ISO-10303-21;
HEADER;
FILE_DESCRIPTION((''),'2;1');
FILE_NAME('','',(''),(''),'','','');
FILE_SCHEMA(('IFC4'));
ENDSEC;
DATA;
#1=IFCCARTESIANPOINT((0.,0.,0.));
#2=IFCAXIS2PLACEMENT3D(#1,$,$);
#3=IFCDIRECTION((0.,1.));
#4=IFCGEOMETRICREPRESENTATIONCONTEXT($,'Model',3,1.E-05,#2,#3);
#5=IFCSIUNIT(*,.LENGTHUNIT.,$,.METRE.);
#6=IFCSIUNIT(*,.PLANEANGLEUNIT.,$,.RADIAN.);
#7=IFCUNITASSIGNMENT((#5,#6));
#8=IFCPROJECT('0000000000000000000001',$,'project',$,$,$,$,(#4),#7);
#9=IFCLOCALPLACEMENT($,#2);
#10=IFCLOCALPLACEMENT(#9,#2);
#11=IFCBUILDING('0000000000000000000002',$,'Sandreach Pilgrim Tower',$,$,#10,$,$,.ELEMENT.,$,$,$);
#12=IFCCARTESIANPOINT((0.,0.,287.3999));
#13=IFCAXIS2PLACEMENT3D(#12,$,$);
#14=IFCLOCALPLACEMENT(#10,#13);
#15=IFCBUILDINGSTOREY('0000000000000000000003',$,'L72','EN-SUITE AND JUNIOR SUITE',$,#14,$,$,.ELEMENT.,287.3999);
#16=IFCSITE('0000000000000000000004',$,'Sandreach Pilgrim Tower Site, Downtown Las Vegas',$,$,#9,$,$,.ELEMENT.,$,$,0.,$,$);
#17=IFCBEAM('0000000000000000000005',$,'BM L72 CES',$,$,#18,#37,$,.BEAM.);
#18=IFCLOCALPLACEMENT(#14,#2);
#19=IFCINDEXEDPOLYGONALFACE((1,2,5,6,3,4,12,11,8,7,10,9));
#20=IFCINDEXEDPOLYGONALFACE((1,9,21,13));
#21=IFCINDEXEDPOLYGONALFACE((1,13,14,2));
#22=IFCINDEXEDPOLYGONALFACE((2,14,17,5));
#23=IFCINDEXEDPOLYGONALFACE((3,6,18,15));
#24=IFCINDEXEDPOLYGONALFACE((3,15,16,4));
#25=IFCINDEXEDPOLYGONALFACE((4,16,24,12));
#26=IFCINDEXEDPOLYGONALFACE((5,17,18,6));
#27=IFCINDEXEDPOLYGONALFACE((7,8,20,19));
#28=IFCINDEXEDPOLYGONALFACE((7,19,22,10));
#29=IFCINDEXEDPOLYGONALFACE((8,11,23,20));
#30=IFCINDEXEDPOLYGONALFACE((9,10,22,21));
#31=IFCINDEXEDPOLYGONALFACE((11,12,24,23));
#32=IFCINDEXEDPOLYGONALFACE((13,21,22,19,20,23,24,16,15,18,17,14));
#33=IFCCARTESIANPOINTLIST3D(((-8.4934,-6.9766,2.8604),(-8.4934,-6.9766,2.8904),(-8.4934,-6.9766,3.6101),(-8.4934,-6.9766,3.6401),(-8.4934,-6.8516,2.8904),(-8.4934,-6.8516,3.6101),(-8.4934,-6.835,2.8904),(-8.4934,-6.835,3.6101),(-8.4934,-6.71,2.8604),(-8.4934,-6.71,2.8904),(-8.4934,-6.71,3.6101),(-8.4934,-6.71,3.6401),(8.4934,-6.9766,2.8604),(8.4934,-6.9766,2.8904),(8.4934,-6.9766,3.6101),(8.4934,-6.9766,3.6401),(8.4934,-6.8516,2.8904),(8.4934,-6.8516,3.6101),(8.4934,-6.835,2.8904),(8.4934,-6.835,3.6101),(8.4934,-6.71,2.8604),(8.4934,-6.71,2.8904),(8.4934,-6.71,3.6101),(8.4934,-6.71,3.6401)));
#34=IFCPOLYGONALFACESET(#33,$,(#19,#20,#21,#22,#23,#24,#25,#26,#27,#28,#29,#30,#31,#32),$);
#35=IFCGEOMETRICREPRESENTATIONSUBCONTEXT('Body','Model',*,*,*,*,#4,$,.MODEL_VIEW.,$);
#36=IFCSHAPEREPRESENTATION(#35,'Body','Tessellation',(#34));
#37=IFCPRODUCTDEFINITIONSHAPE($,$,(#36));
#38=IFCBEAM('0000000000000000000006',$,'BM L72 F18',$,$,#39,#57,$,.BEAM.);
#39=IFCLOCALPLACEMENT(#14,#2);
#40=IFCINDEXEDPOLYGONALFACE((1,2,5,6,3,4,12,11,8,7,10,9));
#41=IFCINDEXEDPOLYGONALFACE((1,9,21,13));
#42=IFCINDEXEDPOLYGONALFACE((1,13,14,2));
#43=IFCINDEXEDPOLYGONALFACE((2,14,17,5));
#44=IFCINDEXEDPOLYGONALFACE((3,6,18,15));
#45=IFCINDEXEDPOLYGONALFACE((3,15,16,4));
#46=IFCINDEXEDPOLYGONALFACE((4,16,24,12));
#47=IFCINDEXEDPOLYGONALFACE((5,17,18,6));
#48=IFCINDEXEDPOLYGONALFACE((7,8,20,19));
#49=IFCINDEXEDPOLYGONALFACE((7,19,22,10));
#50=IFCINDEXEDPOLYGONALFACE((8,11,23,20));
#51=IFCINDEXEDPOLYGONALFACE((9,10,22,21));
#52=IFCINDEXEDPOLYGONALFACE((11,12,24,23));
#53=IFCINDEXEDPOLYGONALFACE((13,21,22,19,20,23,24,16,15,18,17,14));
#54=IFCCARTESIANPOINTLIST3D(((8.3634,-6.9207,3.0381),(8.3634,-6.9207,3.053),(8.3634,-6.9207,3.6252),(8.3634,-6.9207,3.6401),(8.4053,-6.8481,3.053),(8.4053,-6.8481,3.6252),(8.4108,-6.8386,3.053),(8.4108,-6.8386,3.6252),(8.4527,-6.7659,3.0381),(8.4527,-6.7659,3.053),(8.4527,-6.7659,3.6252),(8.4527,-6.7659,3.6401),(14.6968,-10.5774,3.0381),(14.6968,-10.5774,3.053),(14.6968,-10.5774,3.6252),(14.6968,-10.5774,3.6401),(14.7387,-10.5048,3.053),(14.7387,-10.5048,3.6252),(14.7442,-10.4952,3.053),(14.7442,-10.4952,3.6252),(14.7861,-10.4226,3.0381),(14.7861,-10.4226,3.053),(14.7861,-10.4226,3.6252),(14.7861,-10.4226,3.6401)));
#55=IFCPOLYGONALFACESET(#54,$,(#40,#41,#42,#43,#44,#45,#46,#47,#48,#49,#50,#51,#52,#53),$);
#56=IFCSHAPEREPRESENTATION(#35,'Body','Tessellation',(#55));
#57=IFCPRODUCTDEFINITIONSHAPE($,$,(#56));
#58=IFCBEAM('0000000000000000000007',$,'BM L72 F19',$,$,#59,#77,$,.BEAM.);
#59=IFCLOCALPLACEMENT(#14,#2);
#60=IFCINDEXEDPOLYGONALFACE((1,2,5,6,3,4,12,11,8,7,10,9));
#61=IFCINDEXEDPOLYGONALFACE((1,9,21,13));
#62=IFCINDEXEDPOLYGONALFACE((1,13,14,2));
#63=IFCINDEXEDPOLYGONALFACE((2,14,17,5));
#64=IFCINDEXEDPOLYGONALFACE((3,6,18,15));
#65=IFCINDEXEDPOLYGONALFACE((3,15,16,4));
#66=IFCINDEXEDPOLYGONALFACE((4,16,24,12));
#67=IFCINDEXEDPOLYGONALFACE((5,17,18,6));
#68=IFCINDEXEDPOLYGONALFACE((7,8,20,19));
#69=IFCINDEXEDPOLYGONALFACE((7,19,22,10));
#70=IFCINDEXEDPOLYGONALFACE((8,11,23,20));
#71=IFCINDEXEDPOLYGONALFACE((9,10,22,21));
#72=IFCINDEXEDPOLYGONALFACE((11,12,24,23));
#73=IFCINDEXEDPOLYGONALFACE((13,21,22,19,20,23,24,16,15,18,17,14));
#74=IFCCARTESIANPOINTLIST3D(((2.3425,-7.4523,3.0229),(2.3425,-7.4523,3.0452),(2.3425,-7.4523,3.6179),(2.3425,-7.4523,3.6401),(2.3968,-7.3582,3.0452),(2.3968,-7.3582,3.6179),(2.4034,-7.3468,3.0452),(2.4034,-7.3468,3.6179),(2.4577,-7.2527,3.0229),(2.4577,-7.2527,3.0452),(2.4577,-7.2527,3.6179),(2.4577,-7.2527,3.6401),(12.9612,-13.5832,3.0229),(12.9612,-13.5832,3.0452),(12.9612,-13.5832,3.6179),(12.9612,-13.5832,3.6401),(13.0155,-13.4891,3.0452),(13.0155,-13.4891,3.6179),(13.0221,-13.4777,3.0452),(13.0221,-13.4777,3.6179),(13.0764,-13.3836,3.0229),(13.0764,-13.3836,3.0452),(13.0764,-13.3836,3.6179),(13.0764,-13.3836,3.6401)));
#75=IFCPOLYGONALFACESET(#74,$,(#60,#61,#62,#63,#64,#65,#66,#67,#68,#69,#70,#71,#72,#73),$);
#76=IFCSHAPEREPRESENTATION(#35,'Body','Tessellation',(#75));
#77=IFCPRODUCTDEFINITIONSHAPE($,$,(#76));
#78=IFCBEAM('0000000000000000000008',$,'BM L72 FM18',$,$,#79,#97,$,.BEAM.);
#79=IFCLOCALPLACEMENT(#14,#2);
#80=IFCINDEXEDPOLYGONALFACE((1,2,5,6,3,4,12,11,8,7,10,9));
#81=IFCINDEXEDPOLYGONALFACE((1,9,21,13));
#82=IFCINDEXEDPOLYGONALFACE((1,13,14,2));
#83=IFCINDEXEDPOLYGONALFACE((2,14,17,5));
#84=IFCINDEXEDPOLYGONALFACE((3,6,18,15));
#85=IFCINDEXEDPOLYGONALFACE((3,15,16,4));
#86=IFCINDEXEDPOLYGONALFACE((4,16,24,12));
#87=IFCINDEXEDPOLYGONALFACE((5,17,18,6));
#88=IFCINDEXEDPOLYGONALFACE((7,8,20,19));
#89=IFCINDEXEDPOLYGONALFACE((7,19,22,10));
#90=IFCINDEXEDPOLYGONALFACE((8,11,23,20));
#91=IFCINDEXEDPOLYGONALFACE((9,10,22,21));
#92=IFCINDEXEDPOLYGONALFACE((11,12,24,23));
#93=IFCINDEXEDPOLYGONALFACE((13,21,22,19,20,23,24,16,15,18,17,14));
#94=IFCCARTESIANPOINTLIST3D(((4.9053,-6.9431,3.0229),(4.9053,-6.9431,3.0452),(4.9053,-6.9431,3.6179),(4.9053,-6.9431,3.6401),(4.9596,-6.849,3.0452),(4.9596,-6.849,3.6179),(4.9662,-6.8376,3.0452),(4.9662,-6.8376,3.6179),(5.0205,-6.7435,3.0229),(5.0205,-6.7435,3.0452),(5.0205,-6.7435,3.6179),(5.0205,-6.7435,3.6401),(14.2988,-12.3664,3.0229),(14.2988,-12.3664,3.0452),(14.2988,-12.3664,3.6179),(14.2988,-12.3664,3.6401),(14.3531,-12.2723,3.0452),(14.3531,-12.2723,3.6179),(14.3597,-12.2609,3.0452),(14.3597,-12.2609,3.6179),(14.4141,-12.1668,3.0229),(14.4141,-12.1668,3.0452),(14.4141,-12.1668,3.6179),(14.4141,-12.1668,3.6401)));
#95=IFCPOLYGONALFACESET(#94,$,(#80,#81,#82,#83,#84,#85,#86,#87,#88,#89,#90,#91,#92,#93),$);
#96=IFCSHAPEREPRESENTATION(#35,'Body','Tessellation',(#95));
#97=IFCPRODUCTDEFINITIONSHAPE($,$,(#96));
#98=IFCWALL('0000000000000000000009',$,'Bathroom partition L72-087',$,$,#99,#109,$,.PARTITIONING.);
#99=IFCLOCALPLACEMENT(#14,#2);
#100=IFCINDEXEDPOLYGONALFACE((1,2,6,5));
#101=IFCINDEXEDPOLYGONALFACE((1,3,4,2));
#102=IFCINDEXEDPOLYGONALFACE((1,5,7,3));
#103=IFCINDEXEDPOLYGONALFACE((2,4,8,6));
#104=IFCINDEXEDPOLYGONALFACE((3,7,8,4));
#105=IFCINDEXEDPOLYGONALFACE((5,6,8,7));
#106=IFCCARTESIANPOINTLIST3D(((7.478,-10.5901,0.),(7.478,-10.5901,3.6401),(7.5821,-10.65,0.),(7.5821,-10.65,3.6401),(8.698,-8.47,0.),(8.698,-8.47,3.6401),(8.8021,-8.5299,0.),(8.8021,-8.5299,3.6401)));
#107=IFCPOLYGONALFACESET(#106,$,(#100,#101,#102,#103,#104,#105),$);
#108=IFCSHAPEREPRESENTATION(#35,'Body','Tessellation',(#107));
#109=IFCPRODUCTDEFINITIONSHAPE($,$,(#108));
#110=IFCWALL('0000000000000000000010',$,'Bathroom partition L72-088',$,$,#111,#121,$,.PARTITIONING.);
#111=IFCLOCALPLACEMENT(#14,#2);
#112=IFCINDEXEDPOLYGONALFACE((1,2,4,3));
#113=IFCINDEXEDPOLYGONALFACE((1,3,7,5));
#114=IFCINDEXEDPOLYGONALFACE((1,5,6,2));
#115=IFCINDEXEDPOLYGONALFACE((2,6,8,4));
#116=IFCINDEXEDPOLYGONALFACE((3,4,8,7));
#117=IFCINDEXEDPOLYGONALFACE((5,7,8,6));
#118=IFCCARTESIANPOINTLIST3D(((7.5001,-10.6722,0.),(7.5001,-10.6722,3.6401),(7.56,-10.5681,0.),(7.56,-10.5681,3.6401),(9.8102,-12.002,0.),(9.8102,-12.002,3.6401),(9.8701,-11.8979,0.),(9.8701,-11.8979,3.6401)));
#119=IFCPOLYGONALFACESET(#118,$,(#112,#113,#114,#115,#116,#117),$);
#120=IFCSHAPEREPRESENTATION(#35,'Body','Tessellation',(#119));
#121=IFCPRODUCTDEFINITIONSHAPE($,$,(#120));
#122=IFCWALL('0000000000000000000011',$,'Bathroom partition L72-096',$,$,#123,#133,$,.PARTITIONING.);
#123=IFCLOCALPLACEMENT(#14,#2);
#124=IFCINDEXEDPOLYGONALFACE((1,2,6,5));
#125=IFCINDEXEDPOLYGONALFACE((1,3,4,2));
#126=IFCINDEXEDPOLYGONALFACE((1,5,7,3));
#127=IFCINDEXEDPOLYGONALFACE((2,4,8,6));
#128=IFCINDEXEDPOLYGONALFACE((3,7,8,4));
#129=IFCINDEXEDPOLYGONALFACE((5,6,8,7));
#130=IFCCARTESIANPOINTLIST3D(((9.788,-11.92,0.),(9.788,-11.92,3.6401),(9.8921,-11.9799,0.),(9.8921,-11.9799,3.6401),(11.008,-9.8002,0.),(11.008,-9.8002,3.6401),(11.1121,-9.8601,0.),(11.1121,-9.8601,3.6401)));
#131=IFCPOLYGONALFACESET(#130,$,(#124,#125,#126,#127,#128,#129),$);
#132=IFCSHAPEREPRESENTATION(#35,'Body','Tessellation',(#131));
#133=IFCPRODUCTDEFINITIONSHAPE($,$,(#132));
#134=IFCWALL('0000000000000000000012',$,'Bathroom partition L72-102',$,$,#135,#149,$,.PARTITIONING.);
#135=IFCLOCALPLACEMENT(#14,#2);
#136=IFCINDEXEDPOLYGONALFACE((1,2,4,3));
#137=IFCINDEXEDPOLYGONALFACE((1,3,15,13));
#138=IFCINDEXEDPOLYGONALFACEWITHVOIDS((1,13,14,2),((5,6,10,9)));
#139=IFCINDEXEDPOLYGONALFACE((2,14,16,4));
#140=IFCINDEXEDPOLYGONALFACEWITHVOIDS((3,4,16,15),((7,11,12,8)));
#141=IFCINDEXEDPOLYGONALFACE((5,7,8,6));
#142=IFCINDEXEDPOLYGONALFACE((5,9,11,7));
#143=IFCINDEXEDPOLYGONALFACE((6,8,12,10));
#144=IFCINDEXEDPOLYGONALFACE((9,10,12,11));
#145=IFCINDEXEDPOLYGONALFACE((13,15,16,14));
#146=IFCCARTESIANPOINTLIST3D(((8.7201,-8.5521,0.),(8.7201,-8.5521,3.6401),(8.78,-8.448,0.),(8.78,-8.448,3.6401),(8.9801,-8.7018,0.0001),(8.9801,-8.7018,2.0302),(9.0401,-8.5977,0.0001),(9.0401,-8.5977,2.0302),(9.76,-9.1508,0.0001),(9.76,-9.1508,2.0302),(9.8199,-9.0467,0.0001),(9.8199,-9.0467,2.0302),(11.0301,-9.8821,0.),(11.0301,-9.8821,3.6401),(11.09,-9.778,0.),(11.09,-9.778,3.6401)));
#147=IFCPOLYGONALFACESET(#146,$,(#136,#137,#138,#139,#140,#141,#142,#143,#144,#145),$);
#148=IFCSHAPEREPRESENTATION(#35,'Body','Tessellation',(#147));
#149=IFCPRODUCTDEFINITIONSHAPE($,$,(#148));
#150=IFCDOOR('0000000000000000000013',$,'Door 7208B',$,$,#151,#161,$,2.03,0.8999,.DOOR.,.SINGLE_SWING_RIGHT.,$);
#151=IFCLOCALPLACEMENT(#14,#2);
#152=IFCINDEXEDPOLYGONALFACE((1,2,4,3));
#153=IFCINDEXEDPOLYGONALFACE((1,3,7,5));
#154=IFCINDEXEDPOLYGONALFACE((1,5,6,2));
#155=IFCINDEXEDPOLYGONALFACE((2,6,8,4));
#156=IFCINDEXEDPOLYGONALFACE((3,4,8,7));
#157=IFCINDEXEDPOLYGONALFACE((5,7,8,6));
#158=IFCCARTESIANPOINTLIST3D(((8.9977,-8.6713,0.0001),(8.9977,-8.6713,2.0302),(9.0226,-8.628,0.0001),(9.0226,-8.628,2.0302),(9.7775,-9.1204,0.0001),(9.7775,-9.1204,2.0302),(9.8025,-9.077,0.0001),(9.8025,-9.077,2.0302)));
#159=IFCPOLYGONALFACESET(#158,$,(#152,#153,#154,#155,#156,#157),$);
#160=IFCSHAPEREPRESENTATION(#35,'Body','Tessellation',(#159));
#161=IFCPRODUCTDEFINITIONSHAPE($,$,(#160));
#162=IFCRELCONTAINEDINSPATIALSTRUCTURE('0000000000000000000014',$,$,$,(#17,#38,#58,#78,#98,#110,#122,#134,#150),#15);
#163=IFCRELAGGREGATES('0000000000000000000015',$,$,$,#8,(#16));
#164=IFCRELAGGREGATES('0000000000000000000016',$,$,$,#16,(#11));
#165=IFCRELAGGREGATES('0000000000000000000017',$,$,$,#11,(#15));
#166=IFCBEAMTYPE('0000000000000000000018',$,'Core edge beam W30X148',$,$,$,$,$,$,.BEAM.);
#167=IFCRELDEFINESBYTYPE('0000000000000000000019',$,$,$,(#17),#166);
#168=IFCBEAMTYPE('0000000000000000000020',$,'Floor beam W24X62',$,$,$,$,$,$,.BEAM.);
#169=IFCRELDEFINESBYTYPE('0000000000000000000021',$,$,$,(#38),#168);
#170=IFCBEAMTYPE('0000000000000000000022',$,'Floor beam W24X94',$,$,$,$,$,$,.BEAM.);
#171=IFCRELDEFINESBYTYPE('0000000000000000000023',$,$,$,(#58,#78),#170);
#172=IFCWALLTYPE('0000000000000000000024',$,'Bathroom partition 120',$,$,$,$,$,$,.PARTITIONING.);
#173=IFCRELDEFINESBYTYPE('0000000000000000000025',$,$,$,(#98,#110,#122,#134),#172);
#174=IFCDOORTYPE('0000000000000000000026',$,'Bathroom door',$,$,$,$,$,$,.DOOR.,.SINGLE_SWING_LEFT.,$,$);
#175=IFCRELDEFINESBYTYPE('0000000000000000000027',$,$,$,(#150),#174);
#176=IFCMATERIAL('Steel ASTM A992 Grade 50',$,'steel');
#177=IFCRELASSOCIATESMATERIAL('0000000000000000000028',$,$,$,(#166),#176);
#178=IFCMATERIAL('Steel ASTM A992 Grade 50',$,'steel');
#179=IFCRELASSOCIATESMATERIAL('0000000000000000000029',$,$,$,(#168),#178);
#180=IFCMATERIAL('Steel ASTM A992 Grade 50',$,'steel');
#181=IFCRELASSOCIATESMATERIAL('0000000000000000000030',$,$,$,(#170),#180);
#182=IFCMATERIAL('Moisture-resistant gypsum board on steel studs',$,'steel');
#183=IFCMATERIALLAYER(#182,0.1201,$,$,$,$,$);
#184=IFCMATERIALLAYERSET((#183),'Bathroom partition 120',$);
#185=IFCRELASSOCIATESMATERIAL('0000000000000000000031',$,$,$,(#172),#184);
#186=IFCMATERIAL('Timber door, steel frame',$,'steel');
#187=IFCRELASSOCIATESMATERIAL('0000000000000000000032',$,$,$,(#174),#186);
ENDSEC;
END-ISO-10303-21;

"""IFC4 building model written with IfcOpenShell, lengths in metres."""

from ifc_helpers import new_model, si_unit, direction, frame, frame_2d, origin, origin_2d, place, context, subcontext, project, spatial, rectangle, i_section, extrude, material, layer, layer_set, material_profile, profile_set, type_object, element, fill, save


model = new_model("IFC4")

# Units and contexts
model_context = context("Model", 3, precision=1e-05, world=origin(), true_north=direction((0.0, 1.0)))
body_context = subcontext(model_context, "Body", "Model", "MODEL_VIEW")
ifc_project = project(units=[si_unit("LENGTHUNIT", "METRE"), si_unit("PLANEANGLEUNIT", "RADIAN")], contexts=[model_context])

# Site, building, storey
site_placement = place(None, origin())
site = spatial("IfcSite", under=ifc_project, at=site_placement, Name="Sandreach Pilgrim Tower Site, Downtown Las Vegas", CompositionType="ELEMENT", RefElevation=0.0)
building_placement = place(site_placement, origin())
building = spatial("IfcBuilding", under=site, at=building_placement, Name="Sandreach Pilgrim Tower", CompositionType="ELEMENT")
storey_placement = place(building_placement, frame((0.0, 0.0, 287.3999)))
storey = spatial("IfcBuildingStorey", under=building, at=storey_placement, Name="L72", Description="EN-SUITE AND JUNIOR SUITE", CompositionType="ELEMENT", Elevation=287.3999)

# Beams
ifc_material_1 = material(Name="Steel ASTM A992 Grade 50", Category="steel")
ifc_material_profile_1 = material_profile(ifc_material_1, i_section(OverallWidth=0.2666, OverallDepth=0.7798, WebThickness=0.0166, FlangeThickness=0.03, at=origin_2d()), Name="W30X148")
ifc_profile_set_1 = profile_set([ifc_material_profile_1], Name="Steel ASTM A992 Grade 50")
beam_type_1 = type_object("IfcBeamType", Name="Core edge beam W30X148", PredefinedType="BEAM", material=ifc_profile_set_1)
beam_1_placement = place(storey_placement, frame((8.4934, -6.8433, 3.2502), z_axis=(-1.0, 0.0, 0.0), x_axis=(0.0, -1.0, 0.0)))
element("IfcBeam", 1, at=beam_1_placement, inside=storey, type_object=beam_type_1, Name="BM L72 CES", PredefinedType="BEAM", context=body_context, shape_type="SweptSolid", body=[
    extrude(i_section(OverallWidth=0.2666, OverallDepth=0.7798, WebThickness=0.0166, FlangeThickness=0.03, at=origin_2d()), origin(), (0.0, 0.0, 1.0), 16.9868),
])
ifc_material_2 = material(Name="Steel ASTM A992 Grade 50", Category="steel")
ifc_material_profile_2 = material_profile(ifc_material_2, i_section(OverallWidth=0.1787, OverallDepth=0.6021, WebThickness=0.011, FlangeThickness=0.0149, at=origin_2d()), Name="W24X62")
ifc_profile_set_2 = profile_set([ifc_material_profile_2], Name="Steel ASTM A992 Grade 50")
beam_type_2 = type_object("IfcBeamType", Name="Floor beam W24X62", PredefinedType="BEAM", material=ifc_profile_set_2)
beam_2_placement = place(storey_placement, frame((14.7415, -10.5, 3.3391), z_axis=(-0.86602, 0.500009, 0.0), x_axis=(-0.500009, -0.86602, 0.0)))
element("IfcBeam", 2, at=beam_2_placement, inside=storey, type_object=beam_type_2, Name="BM L72 F18", PredefinedType="BEAM", context=body_context, shape_type="SweptSolid", body=[
    extrude(i_section(OverallWidth=0.1787, OverallDepth=0.6021, WebThickness=0.011, FlangeThickness=0.0149, at=origin_2d()), origin(), (0.0, 0.0, 1.0), 7.3132),
])
ifc_material_3 = material(Name="Steel ASTM A992 Grade 50", Category="steel")
ifc_material_profile_3 = material_profile(ifc_material_3, i_section(OverallWidth=0.2305, OverallDepth=0.6172, WebThickness=0.0132, FlangeThickness=0.0222, at=origin_2d()), Name="W24X94")
ifc_profile_set_3 = profile_set([ifc_material_profile_3], Name="Steel ASTM A992 Grade 50")
beam_type_3 = type_object("IfcBeamType", Name="Floor beam W24X94", PredefinedType="BEAM", material=ifc_profile_set_3)
beam_3_placement = place(storey_placement, frame((13.0188, -13.4834, 3.3315), z_axis=(-0.866019, 0.500011, 0.0), x_axis=(-0.500011, -0.866019, 0.0)))
element("IfcBeam", 3, at=beam_3_placement, inside=storey, type_object=beam_type_3, Name="BM L72 F19", PredefinedType="BEAM", context=body_context, shape_type="SweptSolid", body=[
    extrude(i_section(OverallWidth=0.2305, OverallDepth=0.6172, WebThickness=0.0132, FlangeThickness=0.0222, at=origin_2d()), origin(), (0.0, 0.0, 1.0), 12.2615),
])
beam_4_placement = place(storey_placement, frame((14.3564, -12.2666, 3.3315), z_axis=(-0.866027, 0.499998, 0.0), x_axis=(-0.499998, -0.866027, 0.0)))
element("IfcBeam", 4, at=beam_4_placement, inside=storey, type_object=beam_type_3, Name="BM L72 FM18", PredefinedType="BEAM", context=body_context, shape_type="SweptSolid", body=[
    extrude(i_section(OverallWidth=0.2305, OverallDepth=0.6172, WebThickness=0.0132, FlangeThickness=0.0222, at=origin_2d()), origin(), (0.0, 0.0, 1.0), 10.8467),
])

# Walls
ifc_material_4 = material(Name="Moisture-resistant gypsum board on steel studs", Category="steel")
ifc_layer_1 = layer(ifc_material_4, 0.1201)
ifc_layer_set_1 = layer_set([ifc_layer_1], Name="Bathroom partition 120")
wall_type_1 = type_object("IfcWallType", Name="Bathroom partition 120", PredefinedType="PARTITIONING", material=ifc_layer_set_1)
wall_1_placement = place(storey_placement, frame((7.53, -10.6201, 0.0), z_axis=(0.0, 0.0, 1.0), x_axis=(0.498749, 0.866747, 0.0)))
element("IfcWall", 5, at=wall_1_placement, inside=storey, type_object=wall_type_1, Name="Bathroom partition L72-087", PredefinedType="PARTITIONING", context=body_context, shape_type="SweptSolid", body=[
    extrude(rectangle(XDim=2.446, YDim=0.1201, at=frame_2d((1.2231, 0.0))), origin(), (0.0, 0.0, 1.0), 3.6401),
])
wall_2_placement = place(storey_placement, frame((7.53, -10.6201, 0.0), z_axis=(0.0, 0.0, 1.0), x_axis=(0.866655, -0.498908, 0.0)))
element("IfcWall", 6, at=wall_2_placement, inside=storey, type_object=wall_type_1, Name="Bathroom partition L72-088", PredefinedType="PARTITIONING", context=body_context, shape_type="SweptSolid", body=[
    extrude(rectangle(XDim=2.6655, YDim=0.1201, at=frame_2d((1.3328, 0.0))), origin(), (0.0, 0.0, 1.0), 3.6401),
])
wall_3_placement = place(storey_placement, frame((9.8401, -11.95, 0.0), z_axis=(0.0, 0.0, 1.0), x_axis=(0.498792, 0.866722, 0.0)))
element("IfcWall", 7, at=wall_3_placement, inside=storey, type_object=wall_type_1, Name="Bathroom partition L72-096", PredefinedType="PARTITIONING", context=body_context, shape_type="SweptSolid", body=[
    extrude(rectangle(XDim=2.4458, YDim=0.1201, at=frame_2d((1.2229, 0.0))), origin(), (0.0, 0.0, 1.0), 3.6401),
])

# Wall, opening, door
wall_4_placement = place(storey_placement, frame((11.0601, -9.8301, 0.0), z_axis=(0.0, 0.0, 1.0), x_axis=(-0.866615, 0.498977, 0.0)))
wall_4 = element("IfcWall", 8, at=wall_4_placement, inside=storey, type_object=wall_type_1, Name="Bathroom partition L72-102", PredefinedType="PARTITIONING", context=body_context, shape_type="SweptSolid", body=[
    extrude(rectangle(XDim=2.6655, YDim=0.1201, at=frame_2d((1.3328, 0.0))), origin(), (0.0, 0.0, 1.0), 3.6401),
])
opening_1_placement = place(wall_4_placement, frame((1.4656, 0.0, 0.0)))
opening_1 = element("IfcOpeningElement", 9, at=opening_1_placement, cuts=wall_4, PredefinedType="OPENING", context=body_context, shape_type="SweptSolid", body=[
    extrude(rectangle(XDim=0.8999, YDim=2.03, at=frame_2d((0.45, 1.0151))), frame((0.0, 0.0601, 0.0), z_axis=(0.0, -1.0, 0.0), x_axis=(1.0, 0.0, 0.0)), (0.0, 0.0, 1.0), 0.1201),
])
ifc_material_5 = material(Name="Timber door, steel frame", Category="steel")
door_type_1 = type_object("IfcDoorType", Name="Bathroom door", OperationType="SINGLE_SWING_LEFT", PredefinedType="DOOR", material=ifc_material_5)
door_1_placement = place(opening_1_placement, origin())
door_1 = element("IfcDoor", 10, at=door_1_placement, inside=storey, type_object=door_type_1, Name="Door 7208B", OperationType="SINGLE_SWING_RIGHT", OverallHeight=2.03, OverallWidth=0.8999, PredefinedType="DOOR", context=body_context, shape_type="SweptSolid", body=[
    extrude(rectangle(XDim=0.8999, YDim=2.03, at=frame_2d((0.45, 1.0151))), frame((0.0, 0.0249, 0.0), z_axis=(0.0, -1.0, 0.0), x_axis=(1.0, 0.0, 0.0)), (0.0, 0.0, 1.0), 0.05),
])
fill(opening_1, door_1)

save(model, "model.ifc")
